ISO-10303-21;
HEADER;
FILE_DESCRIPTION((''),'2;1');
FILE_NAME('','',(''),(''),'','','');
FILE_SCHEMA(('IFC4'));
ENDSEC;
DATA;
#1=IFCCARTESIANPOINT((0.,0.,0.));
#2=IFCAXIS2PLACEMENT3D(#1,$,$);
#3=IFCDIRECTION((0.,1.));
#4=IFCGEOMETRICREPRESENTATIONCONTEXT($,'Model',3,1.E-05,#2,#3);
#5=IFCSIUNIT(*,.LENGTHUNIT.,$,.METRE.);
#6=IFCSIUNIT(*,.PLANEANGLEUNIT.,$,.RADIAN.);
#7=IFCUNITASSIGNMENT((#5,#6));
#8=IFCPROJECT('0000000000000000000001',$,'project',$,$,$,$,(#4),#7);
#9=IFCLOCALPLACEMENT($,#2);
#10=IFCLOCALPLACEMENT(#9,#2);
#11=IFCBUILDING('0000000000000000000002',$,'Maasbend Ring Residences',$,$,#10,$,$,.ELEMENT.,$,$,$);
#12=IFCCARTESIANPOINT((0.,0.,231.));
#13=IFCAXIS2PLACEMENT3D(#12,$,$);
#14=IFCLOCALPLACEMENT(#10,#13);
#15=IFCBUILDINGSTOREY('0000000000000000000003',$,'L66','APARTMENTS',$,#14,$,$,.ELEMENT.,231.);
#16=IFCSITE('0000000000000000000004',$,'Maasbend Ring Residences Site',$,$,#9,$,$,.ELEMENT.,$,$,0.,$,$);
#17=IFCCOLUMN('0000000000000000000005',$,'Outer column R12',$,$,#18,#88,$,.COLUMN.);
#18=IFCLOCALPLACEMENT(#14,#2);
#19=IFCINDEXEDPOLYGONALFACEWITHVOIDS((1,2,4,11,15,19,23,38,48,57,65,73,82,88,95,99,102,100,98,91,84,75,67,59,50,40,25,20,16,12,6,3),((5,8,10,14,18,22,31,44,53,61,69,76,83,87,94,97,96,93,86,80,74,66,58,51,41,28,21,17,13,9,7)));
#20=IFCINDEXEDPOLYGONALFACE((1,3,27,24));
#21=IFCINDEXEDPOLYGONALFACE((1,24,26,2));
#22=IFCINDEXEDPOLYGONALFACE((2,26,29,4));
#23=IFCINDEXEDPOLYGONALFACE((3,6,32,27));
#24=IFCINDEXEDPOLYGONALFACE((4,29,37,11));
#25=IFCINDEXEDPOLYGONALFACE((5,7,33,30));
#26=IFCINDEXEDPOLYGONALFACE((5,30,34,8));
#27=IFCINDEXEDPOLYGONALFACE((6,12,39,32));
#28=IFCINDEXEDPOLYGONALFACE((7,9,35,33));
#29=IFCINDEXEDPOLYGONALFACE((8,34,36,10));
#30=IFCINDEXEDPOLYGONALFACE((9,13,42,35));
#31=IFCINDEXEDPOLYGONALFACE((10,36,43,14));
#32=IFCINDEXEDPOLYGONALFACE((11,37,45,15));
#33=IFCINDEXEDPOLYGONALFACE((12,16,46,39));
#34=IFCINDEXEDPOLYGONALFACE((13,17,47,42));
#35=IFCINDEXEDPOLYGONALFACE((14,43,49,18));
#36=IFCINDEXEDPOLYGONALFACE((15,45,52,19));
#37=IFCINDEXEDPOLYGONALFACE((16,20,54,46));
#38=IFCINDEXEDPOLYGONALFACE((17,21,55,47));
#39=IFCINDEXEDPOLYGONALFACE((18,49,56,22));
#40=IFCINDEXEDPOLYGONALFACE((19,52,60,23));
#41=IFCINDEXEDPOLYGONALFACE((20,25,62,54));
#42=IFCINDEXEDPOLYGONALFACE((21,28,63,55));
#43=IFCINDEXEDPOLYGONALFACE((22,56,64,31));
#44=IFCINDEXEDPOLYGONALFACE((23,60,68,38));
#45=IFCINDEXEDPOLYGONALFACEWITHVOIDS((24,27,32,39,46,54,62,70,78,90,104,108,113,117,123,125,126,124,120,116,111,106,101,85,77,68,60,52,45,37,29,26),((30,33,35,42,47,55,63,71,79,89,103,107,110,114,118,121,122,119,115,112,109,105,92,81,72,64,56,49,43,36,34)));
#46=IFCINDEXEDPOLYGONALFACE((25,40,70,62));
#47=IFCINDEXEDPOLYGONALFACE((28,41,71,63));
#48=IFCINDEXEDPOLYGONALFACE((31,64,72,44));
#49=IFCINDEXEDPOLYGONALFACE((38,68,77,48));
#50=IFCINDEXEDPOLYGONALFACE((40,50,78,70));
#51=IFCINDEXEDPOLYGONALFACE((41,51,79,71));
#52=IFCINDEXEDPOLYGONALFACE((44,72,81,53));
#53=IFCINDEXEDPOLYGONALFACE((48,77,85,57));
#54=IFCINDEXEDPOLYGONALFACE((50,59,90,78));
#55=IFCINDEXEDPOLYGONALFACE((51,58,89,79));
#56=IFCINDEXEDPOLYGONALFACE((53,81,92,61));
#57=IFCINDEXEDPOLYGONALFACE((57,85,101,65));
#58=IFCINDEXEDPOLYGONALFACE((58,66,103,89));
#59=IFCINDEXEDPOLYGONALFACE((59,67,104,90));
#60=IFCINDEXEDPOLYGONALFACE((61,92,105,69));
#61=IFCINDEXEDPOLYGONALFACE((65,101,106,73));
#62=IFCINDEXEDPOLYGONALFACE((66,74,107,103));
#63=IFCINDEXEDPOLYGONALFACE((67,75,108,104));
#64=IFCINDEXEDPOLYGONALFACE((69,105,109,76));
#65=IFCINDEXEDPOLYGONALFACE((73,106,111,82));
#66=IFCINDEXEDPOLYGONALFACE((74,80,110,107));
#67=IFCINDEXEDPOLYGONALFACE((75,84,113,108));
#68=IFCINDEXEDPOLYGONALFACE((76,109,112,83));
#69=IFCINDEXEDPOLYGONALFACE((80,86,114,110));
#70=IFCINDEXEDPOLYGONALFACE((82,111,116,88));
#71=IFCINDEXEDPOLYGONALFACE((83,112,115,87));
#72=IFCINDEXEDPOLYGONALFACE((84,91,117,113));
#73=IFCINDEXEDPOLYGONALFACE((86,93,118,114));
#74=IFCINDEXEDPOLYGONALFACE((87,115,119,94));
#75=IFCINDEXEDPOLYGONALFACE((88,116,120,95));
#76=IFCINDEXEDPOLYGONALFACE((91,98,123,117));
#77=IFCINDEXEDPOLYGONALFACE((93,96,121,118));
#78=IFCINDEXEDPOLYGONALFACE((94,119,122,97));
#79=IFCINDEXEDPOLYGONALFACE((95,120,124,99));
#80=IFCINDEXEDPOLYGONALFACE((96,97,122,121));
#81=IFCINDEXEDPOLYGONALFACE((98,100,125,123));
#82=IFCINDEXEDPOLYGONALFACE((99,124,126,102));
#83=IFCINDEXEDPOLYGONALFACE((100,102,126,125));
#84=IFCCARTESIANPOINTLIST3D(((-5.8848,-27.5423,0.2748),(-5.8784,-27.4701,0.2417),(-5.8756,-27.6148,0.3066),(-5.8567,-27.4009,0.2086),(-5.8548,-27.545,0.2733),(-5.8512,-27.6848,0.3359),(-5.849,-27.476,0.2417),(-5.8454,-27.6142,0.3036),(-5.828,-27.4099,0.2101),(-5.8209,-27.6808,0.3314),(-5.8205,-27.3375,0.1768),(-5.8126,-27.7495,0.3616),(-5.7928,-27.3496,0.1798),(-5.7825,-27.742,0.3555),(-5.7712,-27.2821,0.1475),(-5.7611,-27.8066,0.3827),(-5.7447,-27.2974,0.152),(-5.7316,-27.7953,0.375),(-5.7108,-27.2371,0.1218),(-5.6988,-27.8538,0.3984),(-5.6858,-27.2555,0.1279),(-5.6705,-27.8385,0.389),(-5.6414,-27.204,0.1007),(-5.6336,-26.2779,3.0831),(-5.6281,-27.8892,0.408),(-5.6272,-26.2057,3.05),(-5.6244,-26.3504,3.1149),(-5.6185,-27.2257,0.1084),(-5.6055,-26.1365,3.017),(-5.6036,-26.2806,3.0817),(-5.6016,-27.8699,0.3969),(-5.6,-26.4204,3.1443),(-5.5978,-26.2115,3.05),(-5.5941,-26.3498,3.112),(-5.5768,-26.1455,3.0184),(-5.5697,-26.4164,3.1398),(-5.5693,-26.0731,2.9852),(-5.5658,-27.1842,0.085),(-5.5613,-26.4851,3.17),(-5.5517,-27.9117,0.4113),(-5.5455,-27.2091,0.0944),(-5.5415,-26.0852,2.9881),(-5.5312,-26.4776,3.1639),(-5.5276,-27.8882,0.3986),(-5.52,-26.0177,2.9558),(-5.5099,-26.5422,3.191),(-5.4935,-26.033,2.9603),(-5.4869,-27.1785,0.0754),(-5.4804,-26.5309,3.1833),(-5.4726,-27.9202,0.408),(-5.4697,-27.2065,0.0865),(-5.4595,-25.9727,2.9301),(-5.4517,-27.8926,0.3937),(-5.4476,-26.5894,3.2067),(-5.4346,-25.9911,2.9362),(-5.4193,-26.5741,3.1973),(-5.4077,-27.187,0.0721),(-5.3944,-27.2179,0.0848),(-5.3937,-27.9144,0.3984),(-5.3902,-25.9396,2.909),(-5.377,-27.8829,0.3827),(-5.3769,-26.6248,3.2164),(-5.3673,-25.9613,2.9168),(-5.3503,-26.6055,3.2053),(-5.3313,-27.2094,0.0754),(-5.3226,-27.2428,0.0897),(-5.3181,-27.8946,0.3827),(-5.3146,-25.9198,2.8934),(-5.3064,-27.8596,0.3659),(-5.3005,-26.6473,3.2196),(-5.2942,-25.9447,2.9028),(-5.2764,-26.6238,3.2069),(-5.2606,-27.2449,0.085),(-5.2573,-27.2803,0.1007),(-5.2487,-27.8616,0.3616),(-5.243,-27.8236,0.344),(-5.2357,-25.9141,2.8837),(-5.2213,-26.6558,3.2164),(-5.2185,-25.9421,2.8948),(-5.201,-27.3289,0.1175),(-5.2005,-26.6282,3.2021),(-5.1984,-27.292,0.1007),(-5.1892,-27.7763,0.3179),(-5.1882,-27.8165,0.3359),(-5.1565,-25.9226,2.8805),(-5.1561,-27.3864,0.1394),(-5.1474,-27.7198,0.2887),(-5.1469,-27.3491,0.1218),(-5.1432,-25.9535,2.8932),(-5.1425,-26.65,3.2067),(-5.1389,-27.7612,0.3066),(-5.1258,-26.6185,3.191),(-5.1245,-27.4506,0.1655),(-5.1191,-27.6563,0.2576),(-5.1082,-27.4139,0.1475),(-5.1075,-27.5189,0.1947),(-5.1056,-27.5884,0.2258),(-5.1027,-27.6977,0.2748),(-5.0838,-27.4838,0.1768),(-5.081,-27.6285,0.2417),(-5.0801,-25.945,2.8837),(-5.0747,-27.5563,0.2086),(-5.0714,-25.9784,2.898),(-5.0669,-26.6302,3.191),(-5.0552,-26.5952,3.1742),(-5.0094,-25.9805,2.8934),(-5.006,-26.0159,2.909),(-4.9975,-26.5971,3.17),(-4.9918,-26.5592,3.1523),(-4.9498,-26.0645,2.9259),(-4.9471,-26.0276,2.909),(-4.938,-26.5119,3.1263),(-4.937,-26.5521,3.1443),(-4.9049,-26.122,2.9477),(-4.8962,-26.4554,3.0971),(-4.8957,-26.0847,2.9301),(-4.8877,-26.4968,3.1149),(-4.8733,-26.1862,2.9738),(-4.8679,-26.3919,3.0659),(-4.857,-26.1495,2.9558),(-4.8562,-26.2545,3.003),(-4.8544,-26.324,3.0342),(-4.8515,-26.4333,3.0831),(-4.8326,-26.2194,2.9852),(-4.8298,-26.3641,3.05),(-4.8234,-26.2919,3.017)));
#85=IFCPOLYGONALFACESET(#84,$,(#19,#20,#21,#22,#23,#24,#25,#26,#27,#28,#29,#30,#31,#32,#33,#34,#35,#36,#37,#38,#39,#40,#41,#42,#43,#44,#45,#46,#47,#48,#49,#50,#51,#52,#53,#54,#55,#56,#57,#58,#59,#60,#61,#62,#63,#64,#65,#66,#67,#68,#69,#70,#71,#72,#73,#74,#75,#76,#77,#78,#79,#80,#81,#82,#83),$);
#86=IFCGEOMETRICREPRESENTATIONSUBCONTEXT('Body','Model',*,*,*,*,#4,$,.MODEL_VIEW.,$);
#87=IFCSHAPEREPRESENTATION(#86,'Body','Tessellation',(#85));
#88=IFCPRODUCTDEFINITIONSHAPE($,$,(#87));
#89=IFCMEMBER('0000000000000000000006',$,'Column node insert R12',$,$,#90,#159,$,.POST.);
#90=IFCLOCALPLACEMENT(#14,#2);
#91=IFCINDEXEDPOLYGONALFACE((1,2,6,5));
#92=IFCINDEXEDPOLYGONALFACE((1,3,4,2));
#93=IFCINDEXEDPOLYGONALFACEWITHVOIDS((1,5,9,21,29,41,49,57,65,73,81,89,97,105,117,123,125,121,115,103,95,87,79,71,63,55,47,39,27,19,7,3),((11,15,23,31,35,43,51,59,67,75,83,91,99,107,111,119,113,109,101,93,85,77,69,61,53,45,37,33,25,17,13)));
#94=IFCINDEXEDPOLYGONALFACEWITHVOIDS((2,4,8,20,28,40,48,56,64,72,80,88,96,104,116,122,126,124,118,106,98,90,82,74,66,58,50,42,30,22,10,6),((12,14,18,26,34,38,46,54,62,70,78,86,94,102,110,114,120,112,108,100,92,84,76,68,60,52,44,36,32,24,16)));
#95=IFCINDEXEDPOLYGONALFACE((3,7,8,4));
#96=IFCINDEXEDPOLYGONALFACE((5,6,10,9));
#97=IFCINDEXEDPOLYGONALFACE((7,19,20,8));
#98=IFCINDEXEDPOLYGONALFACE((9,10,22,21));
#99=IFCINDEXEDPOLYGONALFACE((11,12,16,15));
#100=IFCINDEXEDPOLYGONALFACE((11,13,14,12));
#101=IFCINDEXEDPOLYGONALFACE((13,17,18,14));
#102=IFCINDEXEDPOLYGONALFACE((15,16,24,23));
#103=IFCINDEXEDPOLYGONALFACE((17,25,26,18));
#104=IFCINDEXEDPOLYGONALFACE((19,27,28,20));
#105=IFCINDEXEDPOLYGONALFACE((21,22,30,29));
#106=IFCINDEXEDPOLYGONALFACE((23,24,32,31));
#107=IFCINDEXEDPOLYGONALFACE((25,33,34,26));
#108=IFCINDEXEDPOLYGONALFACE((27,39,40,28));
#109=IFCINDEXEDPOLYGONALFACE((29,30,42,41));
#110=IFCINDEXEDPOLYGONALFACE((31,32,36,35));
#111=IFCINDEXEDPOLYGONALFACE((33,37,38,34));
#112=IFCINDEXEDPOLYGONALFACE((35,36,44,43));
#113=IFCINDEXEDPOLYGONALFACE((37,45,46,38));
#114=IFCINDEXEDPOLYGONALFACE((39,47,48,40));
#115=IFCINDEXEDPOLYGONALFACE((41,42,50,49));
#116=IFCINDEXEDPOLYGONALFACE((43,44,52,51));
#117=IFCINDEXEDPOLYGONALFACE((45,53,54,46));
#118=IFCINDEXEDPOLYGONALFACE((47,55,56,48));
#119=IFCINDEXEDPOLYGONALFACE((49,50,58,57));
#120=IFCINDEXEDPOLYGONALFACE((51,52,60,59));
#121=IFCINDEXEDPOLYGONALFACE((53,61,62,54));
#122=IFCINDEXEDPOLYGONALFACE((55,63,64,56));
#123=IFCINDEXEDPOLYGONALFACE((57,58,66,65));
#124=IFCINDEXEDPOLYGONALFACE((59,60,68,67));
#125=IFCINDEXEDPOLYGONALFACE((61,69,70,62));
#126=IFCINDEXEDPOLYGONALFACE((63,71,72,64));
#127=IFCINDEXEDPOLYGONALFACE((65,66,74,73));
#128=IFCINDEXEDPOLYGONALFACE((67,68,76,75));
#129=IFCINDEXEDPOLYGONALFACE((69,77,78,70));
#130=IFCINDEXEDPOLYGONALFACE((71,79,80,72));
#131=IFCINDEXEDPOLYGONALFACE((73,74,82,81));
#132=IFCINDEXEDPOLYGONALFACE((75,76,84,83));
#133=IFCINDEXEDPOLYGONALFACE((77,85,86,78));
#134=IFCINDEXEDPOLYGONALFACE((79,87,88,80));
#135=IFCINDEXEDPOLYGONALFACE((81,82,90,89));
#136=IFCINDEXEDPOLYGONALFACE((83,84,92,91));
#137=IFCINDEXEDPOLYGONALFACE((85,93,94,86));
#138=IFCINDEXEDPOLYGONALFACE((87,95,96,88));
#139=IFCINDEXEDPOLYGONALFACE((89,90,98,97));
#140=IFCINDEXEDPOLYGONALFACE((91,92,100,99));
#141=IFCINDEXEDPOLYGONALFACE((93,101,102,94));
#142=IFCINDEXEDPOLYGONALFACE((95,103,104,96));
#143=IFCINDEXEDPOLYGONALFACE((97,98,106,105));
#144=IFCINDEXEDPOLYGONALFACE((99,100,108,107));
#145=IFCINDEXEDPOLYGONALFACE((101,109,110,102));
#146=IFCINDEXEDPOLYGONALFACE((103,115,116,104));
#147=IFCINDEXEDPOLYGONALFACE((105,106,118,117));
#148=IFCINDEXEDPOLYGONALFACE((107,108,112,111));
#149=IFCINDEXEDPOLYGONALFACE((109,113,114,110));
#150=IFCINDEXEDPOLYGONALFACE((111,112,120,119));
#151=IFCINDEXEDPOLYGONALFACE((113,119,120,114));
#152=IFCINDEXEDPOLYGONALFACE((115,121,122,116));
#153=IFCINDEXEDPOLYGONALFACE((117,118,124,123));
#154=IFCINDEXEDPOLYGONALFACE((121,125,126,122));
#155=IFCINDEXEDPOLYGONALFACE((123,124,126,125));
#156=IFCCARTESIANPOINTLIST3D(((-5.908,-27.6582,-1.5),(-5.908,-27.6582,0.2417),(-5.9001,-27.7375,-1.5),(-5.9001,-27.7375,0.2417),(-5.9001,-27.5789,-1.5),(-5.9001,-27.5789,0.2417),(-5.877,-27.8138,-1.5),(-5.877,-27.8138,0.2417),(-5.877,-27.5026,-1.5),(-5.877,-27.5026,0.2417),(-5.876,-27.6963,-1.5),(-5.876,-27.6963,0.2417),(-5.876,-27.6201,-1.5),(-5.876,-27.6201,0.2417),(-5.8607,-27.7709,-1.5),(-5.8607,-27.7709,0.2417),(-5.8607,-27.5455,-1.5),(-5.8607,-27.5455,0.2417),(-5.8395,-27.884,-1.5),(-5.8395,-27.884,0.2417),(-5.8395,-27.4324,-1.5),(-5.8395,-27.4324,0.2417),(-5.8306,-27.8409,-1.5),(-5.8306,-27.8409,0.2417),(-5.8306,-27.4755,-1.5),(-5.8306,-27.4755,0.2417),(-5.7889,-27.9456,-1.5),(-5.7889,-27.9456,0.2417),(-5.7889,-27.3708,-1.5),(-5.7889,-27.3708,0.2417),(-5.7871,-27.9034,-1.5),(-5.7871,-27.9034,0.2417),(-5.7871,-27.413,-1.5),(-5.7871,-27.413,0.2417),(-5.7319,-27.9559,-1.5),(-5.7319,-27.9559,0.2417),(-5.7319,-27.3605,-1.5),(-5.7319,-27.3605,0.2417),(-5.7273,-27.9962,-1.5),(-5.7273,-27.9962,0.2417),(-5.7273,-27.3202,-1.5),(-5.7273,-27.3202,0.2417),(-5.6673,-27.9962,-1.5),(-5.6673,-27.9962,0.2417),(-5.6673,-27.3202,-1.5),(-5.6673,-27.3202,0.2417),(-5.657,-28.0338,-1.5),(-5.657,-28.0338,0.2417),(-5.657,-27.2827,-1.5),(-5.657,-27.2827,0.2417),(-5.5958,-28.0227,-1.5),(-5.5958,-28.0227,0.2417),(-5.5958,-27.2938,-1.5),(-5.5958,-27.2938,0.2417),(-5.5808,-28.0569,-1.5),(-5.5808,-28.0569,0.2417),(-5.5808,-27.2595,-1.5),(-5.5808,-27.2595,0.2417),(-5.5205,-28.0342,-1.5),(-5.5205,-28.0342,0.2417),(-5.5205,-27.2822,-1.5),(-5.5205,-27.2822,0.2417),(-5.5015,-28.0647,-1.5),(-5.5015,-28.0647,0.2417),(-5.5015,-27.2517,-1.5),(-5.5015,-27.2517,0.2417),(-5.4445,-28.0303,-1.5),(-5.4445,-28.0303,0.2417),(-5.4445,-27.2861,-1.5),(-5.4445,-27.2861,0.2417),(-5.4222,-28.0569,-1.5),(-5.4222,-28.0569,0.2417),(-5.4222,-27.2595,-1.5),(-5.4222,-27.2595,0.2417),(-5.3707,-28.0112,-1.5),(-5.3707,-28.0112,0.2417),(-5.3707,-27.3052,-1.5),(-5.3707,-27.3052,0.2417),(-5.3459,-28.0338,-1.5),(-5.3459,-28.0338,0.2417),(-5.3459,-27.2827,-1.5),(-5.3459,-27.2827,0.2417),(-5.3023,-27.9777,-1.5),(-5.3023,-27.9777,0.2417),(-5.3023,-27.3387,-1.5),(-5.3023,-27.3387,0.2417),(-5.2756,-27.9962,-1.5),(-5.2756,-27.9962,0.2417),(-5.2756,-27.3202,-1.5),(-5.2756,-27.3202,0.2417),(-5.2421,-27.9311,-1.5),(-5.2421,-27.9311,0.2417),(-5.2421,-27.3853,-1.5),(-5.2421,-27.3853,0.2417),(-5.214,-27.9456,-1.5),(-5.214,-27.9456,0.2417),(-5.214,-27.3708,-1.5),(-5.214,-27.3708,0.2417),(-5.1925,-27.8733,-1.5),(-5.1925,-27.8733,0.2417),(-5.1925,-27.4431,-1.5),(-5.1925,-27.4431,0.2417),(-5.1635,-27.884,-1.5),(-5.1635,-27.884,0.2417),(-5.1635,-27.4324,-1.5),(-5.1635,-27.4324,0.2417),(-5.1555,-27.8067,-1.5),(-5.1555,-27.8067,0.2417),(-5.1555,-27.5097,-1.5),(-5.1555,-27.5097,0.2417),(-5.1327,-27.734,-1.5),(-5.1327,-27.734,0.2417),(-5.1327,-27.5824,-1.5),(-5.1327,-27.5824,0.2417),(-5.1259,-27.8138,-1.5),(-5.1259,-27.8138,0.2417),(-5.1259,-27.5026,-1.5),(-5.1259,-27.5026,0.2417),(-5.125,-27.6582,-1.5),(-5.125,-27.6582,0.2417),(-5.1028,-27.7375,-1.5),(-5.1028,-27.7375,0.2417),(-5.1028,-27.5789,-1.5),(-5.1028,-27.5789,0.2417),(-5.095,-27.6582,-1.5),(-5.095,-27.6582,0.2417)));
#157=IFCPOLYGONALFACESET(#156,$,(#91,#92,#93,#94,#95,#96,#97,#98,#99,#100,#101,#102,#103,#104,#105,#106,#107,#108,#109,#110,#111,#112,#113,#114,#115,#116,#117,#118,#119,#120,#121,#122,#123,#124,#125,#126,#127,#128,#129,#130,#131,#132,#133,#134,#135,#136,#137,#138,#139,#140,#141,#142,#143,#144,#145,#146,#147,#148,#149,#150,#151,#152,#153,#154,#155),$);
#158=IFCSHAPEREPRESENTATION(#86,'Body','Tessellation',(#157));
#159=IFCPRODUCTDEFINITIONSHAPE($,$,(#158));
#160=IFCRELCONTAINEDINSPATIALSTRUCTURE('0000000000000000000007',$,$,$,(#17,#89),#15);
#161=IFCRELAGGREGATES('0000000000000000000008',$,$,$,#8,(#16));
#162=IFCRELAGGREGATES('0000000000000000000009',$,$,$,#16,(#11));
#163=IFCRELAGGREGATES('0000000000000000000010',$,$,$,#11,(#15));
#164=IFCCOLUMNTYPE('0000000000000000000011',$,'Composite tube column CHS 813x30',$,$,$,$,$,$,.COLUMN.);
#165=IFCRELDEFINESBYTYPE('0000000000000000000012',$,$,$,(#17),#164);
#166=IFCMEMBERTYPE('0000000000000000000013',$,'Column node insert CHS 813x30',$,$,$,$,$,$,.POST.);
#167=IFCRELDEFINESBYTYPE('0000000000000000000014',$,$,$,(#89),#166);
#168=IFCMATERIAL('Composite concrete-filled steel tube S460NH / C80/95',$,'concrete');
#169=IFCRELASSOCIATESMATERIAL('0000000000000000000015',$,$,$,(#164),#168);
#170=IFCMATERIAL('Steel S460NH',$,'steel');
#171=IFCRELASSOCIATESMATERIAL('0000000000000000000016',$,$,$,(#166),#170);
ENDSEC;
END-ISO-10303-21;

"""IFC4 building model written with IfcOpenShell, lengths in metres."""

from ifc_helpers import new_model, si_unit, direction, frame, origin, origin_2d, place, context, subcontext, project, spatial, hollow_circle, extrude, material, material_profile, profile_set, type_object, element, save


model = new_model("IFC4")

# Units and contexts
model_context = context("Model", 3, precision=1e-05, world=origin(), true_north=direction((0.0, 1.0)))
body_context = subcontext(model_context, "Body", "Model", "MODEL_VIEW")
ifc_project = project(units=[si_unit("LENGTHUNIT", "METRE"), si_unit("PLANEANGLEUNIT", "RADIAN")], contexts=[model_context])

# Site, building, storey
site_placement = place(None, origin())
site = spatial("IfcSite", under=ifc_project, at=site_placement, Name="Maasbend Ring Residences Site", CompositionType="ELEMENT", RefElevation=0.0)
building_placement = place(site_placement, origin())
building = spatial("IfcBuilding", under=site, at=building_placement, Name="Maasbend Ring Residences", CompositionType="ELEMENT")
storey_placement = place(building_placement, frame((0.0, 0.0, 231.0)))
storey = spatial("IfcBuildingStorey", under=building, at=storey_placement, Name="L66", Description="APARTMENTS", CompositionType="ELEMENT", Elevation=231.0)

# Column
ifc_material_1 = material(Name="Composite concrete-filled steel tube S460NH / C80/95", Category="concrete")
ifc_material_profile_1 = material_profile(ifc_material_1, hollow_circle(Radius=0.4065, WallThickness=0.03, at=origin_2d()), Name="Composite tube column CHS 813x30")
ifc_profile_set_1 = profile_set([ifc_material_profile_1], Name="Composite concrete-filled steel tube S460NH / C80/95")
column_type = type_object("IfcColumnType", Name="Composite tube column CHS 813x30", PredefinedType="COLUMN", material=ifc_profile_set_1)
column_placement = place(storey_placement, frame((-5.4797, -27.5493, 0.2417), z_axis=(0.081299, 0.40918, 0.908824), x_axis=(-0.980828, 0.194878, 0.0)))
element("IfcColumn", 1, at=column_placement, inside=storey, type_object=column_type, Name="Outer column R12", PredefinedType="COLUMN", context=body_context, shape_type="SweptSolid", body=[
    extrude(hollow_circle(Radius=0.4065, WallThickness=0.03, at=origin_2d()), origin(), (0.0, 0.0, 1.0), 3.0901),
])

# Member
ifc_material_2 = material(Name="Steel S460NH", Category="steel")
ifc_material_profile_2 = material_profile(ifc_material_2, hollow_circle(Radius=0.4065, WallThickness=0.03, at=origin_2d()), Name="Column node insert CHS 813x30")
ifc_profile_set_2 = profile_set([ifc_material_profile_2], Name="Steel S460NH")
member_type = type_object("IfcMemberType", Name="Column node insert CHS 813x30", PredefinedType="POST", material=ifc_profile_set_2)
member_placement = place(storey_placement, frame((-5.5015, -27.6582, -1.5), z_axis=(0.0, 0.0, 1.0), x_axis=(1.0, 0.0, 0.0)))
element("IfcMember", 2, at=member_placement, inside=storey, type_object=member_type, Name="Column node insert R12", PredefinedType="POST", context=body_context, shape_type="SweptSolid", body=[
    extrude(hollow_circle(Radius=0.4065, WallThickness=0.03, at=origin_2d()), origin(), (0.0, 0.0, 1.0), 1.7417),
])

save(model, "model.ifc")
